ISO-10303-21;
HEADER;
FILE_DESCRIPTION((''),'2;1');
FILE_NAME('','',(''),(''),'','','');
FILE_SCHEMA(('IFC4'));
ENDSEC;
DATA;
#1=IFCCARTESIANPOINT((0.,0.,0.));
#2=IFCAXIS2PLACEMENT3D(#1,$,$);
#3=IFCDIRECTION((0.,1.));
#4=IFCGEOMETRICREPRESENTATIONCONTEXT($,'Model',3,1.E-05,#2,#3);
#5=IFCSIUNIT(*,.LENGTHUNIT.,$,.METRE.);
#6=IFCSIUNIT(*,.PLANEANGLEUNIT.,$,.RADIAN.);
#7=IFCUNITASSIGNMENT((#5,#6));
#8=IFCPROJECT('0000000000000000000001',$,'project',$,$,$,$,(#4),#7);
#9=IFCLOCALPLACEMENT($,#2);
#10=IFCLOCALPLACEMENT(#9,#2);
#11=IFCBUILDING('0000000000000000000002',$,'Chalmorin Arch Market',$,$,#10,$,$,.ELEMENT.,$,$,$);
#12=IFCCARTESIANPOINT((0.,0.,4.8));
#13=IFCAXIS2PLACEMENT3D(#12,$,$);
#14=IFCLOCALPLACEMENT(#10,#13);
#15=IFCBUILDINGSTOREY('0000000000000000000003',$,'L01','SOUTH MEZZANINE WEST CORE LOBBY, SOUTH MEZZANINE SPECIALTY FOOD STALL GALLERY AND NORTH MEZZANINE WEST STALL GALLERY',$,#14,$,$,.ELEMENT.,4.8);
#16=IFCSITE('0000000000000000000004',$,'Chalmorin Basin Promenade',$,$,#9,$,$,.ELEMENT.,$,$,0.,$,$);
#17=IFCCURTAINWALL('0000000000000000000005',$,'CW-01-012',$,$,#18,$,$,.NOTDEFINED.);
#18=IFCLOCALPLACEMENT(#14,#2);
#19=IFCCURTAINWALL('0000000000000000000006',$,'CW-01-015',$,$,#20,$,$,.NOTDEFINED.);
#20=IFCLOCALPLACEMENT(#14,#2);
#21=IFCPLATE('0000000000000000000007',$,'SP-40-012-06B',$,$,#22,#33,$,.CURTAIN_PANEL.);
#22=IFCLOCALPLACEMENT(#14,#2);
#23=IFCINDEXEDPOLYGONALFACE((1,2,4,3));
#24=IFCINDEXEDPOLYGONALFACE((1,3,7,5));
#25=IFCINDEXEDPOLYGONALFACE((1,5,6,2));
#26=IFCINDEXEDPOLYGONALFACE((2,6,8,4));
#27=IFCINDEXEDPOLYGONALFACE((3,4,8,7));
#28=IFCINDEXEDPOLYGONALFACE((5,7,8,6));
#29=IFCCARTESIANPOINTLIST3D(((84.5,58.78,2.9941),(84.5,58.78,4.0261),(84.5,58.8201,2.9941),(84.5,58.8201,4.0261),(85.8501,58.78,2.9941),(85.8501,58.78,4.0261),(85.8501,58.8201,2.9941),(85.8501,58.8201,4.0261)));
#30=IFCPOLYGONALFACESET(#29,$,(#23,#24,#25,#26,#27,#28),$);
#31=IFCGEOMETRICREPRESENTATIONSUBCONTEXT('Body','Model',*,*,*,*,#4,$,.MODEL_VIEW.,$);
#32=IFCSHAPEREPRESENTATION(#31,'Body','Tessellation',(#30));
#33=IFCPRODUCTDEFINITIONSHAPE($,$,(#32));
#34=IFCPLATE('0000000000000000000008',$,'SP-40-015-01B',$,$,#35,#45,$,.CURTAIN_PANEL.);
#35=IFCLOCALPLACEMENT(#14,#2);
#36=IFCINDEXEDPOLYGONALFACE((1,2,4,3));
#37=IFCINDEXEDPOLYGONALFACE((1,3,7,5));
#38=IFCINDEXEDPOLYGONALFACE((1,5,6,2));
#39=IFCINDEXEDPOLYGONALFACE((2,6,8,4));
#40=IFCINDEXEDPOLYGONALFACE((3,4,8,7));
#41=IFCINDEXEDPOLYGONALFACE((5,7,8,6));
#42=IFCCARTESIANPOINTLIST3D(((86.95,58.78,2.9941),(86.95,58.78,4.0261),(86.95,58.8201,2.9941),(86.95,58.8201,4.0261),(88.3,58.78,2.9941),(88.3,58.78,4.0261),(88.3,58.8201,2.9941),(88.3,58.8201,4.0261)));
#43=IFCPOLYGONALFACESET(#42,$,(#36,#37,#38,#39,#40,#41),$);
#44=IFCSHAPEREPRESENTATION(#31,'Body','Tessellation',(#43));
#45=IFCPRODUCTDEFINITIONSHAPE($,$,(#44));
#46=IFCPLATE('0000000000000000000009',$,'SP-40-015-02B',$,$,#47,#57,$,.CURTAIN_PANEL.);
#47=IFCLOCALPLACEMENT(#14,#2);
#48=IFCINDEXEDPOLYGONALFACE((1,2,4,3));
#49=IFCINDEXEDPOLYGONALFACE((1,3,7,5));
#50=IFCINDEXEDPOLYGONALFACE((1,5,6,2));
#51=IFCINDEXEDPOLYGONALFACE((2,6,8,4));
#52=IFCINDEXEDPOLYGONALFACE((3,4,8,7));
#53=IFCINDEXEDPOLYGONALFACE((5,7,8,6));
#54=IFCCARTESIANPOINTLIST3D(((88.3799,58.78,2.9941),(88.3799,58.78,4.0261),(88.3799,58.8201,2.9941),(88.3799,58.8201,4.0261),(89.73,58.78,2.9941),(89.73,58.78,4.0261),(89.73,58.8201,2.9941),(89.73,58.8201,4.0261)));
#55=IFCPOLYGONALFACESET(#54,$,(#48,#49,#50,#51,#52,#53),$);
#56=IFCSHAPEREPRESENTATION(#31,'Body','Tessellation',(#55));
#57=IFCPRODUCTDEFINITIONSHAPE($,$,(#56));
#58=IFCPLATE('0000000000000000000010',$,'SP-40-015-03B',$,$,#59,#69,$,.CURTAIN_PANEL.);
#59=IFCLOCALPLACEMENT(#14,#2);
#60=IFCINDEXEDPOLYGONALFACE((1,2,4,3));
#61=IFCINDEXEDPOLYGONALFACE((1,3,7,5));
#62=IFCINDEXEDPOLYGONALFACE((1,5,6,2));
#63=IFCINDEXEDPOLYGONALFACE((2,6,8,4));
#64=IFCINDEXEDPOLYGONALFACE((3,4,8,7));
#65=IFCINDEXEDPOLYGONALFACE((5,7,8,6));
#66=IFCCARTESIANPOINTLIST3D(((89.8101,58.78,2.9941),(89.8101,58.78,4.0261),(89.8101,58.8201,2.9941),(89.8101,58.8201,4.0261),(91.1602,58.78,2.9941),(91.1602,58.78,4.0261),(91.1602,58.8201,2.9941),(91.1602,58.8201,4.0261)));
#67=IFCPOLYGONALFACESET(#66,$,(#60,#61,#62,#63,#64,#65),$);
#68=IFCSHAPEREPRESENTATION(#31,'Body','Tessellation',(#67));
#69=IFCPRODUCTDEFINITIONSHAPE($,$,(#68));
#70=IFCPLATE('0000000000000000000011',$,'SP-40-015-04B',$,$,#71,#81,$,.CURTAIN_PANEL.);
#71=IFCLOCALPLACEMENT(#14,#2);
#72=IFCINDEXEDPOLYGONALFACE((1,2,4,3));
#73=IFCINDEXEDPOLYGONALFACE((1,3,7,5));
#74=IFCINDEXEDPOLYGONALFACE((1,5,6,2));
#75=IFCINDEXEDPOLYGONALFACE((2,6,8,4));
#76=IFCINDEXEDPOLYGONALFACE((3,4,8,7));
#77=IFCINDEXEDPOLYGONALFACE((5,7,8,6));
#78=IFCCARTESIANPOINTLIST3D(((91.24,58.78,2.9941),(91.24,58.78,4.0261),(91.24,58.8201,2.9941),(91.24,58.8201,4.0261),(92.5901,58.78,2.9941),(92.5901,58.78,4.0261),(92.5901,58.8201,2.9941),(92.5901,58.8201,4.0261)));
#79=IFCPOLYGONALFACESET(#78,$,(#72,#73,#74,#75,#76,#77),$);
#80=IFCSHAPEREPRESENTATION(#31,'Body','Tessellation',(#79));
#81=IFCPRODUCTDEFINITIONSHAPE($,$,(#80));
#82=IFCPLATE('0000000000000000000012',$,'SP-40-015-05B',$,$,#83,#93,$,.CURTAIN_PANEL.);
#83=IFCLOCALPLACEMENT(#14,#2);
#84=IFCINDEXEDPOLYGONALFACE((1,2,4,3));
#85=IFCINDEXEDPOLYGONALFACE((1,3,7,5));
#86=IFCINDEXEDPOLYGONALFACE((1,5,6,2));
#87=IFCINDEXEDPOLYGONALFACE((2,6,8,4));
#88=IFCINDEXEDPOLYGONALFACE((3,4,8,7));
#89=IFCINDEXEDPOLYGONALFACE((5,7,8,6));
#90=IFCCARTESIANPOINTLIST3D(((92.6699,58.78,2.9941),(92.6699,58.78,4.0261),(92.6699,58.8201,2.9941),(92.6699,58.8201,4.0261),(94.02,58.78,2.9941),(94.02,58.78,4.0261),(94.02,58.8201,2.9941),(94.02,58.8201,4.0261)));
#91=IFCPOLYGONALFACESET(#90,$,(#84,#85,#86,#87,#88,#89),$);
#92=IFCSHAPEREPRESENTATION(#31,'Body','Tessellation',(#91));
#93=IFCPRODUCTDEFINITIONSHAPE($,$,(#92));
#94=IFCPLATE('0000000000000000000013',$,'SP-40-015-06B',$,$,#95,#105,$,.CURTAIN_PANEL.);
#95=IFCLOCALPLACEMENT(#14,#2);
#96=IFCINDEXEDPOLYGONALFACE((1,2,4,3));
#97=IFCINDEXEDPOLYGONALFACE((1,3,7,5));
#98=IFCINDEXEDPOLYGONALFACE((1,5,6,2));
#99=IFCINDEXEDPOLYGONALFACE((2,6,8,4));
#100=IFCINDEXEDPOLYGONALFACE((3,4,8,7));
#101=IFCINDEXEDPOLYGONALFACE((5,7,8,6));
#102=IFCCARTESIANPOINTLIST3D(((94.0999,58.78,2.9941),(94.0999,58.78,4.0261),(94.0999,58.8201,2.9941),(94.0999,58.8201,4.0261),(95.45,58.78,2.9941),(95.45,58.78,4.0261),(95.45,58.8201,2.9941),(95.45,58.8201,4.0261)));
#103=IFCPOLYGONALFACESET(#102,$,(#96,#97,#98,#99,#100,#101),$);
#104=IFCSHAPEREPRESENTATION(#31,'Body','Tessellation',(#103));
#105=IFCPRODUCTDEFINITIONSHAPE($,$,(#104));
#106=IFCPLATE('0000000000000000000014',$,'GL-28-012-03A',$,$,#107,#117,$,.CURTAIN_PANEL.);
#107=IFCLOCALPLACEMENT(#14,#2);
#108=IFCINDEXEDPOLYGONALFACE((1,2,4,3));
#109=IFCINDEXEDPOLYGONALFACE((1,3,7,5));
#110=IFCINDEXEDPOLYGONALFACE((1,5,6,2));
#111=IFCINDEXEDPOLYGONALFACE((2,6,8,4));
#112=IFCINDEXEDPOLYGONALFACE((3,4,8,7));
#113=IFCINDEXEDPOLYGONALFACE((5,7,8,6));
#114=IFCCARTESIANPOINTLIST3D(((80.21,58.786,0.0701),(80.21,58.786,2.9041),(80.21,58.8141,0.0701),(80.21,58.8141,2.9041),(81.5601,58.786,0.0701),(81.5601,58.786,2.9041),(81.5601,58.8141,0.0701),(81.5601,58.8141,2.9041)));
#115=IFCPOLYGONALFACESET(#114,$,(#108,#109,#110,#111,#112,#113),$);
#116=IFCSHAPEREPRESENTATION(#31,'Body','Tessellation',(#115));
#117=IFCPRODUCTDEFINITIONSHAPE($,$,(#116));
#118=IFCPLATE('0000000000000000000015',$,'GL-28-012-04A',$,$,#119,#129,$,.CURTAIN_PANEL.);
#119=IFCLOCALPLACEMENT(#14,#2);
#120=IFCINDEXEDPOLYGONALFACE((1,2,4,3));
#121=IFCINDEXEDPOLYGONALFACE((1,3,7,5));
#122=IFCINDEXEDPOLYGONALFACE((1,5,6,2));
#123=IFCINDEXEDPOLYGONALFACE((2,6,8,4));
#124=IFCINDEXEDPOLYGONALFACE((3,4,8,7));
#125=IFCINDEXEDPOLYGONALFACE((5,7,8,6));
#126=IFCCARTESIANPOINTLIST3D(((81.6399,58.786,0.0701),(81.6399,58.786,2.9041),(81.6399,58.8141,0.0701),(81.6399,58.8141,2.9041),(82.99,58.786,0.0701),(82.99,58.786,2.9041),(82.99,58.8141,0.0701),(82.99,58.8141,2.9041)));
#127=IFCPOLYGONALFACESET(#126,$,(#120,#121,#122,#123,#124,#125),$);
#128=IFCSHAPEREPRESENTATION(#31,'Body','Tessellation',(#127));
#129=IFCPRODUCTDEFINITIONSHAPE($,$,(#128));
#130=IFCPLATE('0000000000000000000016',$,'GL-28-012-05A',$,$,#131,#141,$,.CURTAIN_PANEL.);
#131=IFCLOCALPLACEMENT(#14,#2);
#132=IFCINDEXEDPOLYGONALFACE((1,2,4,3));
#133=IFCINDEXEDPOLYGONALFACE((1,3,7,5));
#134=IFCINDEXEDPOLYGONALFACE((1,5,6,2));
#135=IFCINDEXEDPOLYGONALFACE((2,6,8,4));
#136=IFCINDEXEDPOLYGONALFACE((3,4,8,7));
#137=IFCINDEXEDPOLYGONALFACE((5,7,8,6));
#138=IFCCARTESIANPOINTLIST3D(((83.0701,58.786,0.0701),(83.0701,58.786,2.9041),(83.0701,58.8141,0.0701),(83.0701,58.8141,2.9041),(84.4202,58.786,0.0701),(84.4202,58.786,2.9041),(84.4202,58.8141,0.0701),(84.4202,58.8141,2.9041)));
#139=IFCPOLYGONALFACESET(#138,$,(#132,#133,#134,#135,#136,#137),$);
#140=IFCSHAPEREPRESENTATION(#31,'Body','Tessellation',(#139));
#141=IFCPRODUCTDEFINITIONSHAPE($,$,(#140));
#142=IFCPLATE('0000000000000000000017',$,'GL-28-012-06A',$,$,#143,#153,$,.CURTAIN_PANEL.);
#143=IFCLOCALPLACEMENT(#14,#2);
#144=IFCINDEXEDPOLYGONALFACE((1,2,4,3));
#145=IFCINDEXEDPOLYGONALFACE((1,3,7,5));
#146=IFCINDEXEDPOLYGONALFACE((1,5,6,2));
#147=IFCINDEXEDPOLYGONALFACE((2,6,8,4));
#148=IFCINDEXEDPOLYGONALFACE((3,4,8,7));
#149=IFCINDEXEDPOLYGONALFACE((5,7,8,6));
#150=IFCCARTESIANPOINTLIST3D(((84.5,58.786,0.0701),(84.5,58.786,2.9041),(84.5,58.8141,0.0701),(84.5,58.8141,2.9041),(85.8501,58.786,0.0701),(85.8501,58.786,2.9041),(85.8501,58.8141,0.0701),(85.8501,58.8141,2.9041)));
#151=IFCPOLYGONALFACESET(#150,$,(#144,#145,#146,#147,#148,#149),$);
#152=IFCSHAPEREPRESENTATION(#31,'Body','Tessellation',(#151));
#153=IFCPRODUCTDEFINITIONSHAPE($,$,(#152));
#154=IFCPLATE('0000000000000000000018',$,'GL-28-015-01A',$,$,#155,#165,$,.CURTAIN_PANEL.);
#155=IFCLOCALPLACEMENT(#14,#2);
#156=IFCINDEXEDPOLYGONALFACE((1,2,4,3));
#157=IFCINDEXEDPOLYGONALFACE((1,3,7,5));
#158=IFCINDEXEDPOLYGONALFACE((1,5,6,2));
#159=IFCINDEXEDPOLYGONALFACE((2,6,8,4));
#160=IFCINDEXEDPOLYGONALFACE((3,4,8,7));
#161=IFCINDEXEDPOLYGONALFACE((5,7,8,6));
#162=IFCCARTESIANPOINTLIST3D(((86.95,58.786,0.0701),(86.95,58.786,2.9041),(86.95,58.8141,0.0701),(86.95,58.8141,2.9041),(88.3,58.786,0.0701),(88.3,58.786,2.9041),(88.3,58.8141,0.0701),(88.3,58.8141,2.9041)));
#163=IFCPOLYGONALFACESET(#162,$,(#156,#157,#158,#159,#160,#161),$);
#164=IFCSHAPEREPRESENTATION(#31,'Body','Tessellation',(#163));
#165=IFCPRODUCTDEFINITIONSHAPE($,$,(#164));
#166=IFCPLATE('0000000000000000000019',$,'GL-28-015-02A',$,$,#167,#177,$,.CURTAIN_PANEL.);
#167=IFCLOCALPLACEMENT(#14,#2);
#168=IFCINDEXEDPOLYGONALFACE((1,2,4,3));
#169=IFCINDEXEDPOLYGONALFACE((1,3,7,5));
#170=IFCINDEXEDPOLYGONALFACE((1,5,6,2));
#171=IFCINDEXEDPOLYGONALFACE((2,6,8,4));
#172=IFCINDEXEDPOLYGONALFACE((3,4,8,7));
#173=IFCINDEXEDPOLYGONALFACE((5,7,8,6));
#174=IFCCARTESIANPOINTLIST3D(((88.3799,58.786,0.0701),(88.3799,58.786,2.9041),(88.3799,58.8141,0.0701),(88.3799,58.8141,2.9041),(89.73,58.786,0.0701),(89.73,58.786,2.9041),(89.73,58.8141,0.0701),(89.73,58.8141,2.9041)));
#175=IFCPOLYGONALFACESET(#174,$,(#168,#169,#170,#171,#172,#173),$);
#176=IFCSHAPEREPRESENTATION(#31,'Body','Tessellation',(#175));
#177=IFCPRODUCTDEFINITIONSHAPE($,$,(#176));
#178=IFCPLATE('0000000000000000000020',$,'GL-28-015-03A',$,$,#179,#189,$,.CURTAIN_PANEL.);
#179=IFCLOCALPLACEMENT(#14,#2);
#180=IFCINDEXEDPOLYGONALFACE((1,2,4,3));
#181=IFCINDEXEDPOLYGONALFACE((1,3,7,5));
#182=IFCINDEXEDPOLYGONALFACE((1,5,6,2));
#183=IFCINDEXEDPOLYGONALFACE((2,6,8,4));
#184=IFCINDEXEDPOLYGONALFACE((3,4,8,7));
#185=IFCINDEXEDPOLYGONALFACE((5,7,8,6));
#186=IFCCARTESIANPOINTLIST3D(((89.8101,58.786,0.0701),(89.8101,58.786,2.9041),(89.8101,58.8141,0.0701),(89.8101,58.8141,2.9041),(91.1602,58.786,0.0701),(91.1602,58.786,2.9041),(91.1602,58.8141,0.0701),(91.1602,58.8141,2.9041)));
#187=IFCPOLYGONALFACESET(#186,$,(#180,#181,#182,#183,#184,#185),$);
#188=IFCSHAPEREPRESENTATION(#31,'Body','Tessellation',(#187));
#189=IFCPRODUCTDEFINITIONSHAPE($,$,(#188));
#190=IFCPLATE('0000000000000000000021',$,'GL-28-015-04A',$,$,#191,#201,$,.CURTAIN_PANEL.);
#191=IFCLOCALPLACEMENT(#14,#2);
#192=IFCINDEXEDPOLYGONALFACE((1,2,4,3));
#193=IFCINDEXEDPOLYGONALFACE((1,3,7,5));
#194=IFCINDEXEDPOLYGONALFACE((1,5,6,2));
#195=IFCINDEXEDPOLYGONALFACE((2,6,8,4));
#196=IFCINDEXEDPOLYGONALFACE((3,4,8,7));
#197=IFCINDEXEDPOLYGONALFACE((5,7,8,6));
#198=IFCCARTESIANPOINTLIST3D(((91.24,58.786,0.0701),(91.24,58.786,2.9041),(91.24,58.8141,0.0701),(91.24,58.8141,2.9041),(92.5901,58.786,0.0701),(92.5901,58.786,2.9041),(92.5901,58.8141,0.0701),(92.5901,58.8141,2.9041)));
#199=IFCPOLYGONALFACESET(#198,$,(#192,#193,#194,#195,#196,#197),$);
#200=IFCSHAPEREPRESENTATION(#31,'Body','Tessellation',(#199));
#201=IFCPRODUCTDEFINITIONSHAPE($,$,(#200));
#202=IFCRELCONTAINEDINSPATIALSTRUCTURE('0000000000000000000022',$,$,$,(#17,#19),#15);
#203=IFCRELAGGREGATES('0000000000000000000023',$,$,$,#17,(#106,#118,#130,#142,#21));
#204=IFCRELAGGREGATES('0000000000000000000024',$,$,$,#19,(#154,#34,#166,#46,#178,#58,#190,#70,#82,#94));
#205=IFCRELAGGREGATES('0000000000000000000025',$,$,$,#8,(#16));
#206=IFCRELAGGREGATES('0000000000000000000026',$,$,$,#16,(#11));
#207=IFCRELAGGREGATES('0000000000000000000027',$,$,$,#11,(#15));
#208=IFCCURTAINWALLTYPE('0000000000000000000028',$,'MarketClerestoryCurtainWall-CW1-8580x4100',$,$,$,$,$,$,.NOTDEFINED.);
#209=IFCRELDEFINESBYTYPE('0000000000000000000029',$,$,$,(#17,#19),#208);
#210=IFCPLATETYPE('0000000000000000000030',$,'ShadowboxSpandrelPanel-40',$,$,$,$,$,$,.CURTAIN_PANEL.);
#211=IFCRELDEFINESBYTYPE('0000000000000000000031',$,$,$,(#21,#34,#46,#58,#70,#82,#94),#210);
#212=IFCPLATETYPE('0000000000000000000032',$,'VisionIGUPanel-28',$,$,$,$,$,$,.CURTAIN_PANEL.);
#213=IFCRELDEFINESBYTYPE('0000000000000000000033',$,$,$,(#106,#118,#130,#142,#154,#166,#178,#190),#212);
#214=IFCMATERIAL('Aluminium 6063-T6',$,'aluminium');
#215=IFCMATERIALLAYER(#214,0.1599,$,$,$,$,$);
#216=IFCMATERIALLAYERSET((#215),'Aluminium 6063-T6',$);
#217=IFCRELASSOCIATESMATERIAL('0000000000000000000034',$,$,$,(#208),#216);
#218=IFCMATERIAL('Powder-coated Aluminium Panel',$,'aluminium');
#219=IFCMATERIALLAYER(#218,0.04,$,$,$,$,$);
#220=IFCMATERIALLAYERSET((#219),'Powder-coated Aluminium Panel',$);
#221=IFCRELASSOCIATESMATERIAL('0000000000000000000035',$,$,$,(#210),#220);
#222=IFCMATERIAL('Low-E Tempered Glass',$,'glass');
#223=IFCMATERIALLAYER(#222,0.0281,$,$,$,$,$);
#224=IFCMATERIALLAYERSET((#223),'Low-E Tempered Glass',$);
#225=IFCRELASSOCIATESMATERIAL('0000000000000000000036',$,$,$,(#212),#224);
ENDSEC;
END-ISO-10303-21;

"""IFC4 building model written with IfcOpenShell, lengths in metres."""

from ifc_helpers import new_model, si_unit, direction, frame, origin, origin_2d, place, context, subcontext, project, spatial, rectangle, extrude, material, layer, layer_set, type_object, element, aggregate, save


model = new_model("IFC4")

# Units and contexts
model_context = context("Model", 3, precision=1e-05, world=origin(), true_north=direction((0.0, 1.0)))
body_context = subcontext(model_context, "Body", "Model", "MODEL_VIEW")
ifc_project = project(units=[si_unit("LENGTHUNIT", "METRE"), si_unit("PLANEANGLEUNIT", "RADIAN")], contexts=[model_context])

# Site, building, storey
site_placement = place(None, origin())
site = spatial("IfcSite", under=ifc_project, at=site_placement, Name="Chalmorin Basin Promenade", CompositionType="ELEMENT", RefElevation=0.0)
building_placement = place(site_placement, origin())
building = spatial("IfcBuilding", under=site, at=building_placement, Name="Chalmorin Arch Market", CompositionType="ELEMENT")
storey_placement = place(building_placement, frame((0.0, 0.0, 4.8)))
storey = spatial("IfcBuildingStorey", under=building, at=storey_placement, Name="L01", Description="SOUTH MEZZANINE WEST CORE LOBBY, SOUTH MEZZANINE SPECIALTY FOOD STALL GALLERY AND NORTH MEZZANINE WEST STALL GALLERY", CompositionType="ELEMENT", Elevation=4.8)

# Curtain walls
ifc_material_1 = material(Name="Aluminium 6063-T6", Category="aluminium")
ifc_layer_1 = layer(ifc_material_1, 0.1599)
ifc_layer_set_1 = layer_set([ifc_layer_1], Name="Aluminium 6063-T6")
curtain_wall_type = type_object("IfcCurtainWallType", Name="MarketClerestoryCurtainWall-CW1-8580x4100", PredefinedType="NOTDEFINED", material=ifc_layer_set_1)
curtain_wall_1_placement = place(storey_placement, origin())
curtain_wall_1 = element("IfcCurtainWall", 1, at=curtain_wall_1_placement, inside=storey, type_object=curtain_wall_type, Name="CW-01-012", PredefinedType="NOTDEFINED")
curtain_wall_2_placement = place(storey_placement, origin())
curtain_wall_2 = element("IfcCurtainWall", 2, at=curtain_wall_2_placement, inside=storey, type_object=curtain_wall_type, Name="CW-01-015", PredefinedType="NOTDEFINED")

# Plates
ifc_material_2 = material(Name="Powder-coated Aluminium Panel", Category="aluminium")
ifc_layer_2 = layer(ifc_material_2, 0.04)
ifc_layer_set_2 = layer_set([ifc_layer_2], Name="Powder-coated Aluminium Panel")
plate_type_1 = type_object("IfcPlateType", Name="ShadowboxSpandrelPanel-40", PredefinedType="CURTAIN_PANEL", material=ifc_layer_set_2)
plate_1_placement = place(storey_placement, frame((85.175, 58.8, 2.9941), z_axis=(0.0, 0.0, 1.0), x_axis=(1.0, 0.0, 0.0)))
plate_1 = element("IfcPlate", 3, at=plate_1_placement, type_object=plate_type_1, Name="SP-40-012-06B", PredefinedType="CURTAIN_PANEL", context=body_context, shape_type="SweptSolid", body=[
    extrude(rectangle(XDim=1.3501, YDim=0.04, at=origin_2d()), origin(), (0.0, 0.0, 1.0), 1.032),
])
plate_2_placement = place(storey_placement, frame((87.625, 58.8, 2.9941), z_axis=(0.0, 0.0, 1.0), x_axis=(1.0, 0.0, 0.0)))
plate_2 = element("IfcPlate", 4, at=plate_2_placement, type_object=plate_type_1, Name="SP-40-015-01B", PredefinedType="CURTAIN_PANEL", context=body_context, shape_type="SweptSolid", body=[
    extrude(rectangle(XDim=1.3501, YDim=0.04, at=origin_2d()), origin(), (0.0, 0.0, 1.0), 1.032),
])
plate_3_placement = place(storey_placement, frame((89.0549, 58.8, 2.9941), z_axis=(0.0, 0.0, 1.0), x_axis=(1.0, 0.0, 0.0)))
plate_3 = element("IfcPlate", 5, at=plate_3_placement, type_object=plate_type_1, Name="SP-40-015-02B", PredefinedType="CURTAIN_PANEL", context=body_context, shape_type="SweptSolid", body=[
    extrude(rectangle(XDim=1.3501, YDim=0.04, at=origin_2d()), origin(), (0.0, 0.0, 1.0), 1.032),
])
plate_4_placement = place(storey_placement, frame((90.4851, 58.8, 2.9941), z_axis=(0.0, 0.0, 1.0), x_axis=(1.0, 0.0, 0.0)))
plate_4 = element("IfcPlate", 6, at=plate_4_placement, type_object=plate_type_1, Name="SP-40-015-03B", PredefinedType="CURTAIN_PANEL", context=body_context, shape_type="SweptSolid", body=[
    extrude(rectangle(XDim=1.3501, YDim=0.04, at=origin_2d()), origin(), (0.0, 0.0, 1.0), 1.032),
])
plate_5_placement = place(storey_placement, frame((91.915, 58.8, 2.9941), z_axis=(0.0, 0.0, 1.0), x_axis=(1.0, 0.0, 0.0)))
plate_5 = element("IfcPlate", 7, at=plate_5_placement, type_object=plate_type_1, Name="SP-40-015-04B", PredefinedType="CURTAIN_PANEL", context=body_context, shape_type="SweptSolid", body=[
    extrude(rectangle(XDim=1.3501, YDim=0.04, at=origin_2d()), origin(), (0.0, 0.0, 1.0), 1.032),
])
plate_6_placement = place(storey_placement, frame((93.345, 58.8, 2.9941), z_axis=(0.0, 0.0, 1.0), x_axis=(1.0, 0.0, 0.0)))
plate_6 = element("IfcPlate", 8, at=plate_6_placement, type_object=plate_type_1, Name="SP-40-015-05B", PredefinedType="CURTAIN_PANEL", context=body_context, shape_type="SweptSolid", body=[
    extrude(rectangle(XDim=1.3501, YDim=0.04, at=origin_2d()), origin(), (0.0, 0.0, 1.0), 1.032),
])
plate_7_placement = place(storey_placement, frame((94.7749, 58.8, 2.9941), z_axis=(0.0, 0.0, 1.0), x_axis=(1.0, 0.0, 0.0)))
plate_7 = element("IfcPlate", 9, at=plate_7_placement, type_object=plate_type_1, Name="SP-40-015-06B", PredefinedType="CURTAIN_PANEL", context=body_context, shape_type="SweptSolid", body=[
    extrude(rectangle(XDim=1.3501, YDim=0.04, at=origin_2d()), origin(), (0.0, 0.0, 1.0), 1.032),
])
ifc_material_3 = material(Name="Low-E Tempered Glass", Category="glass")
ifc_layer_3 = layer(ifc_material_3, 0.0281)
ifc_layer_set_3 = layer_set([ifc_layer_3], Name="Low-E Tempered Glass")
plate_type_2 = type_object("IfcPlateType", Name="VisionIGUPanel-28", PredefinedType="CURTAIN_PANEL", material=ifc_layer_set_3)
plate_8_placement = place(storey_placement, frame((80.885, 58.8, 0.0701), z_axis=(0.0, 0.0, 1.0), x_axis=(1.0, 0.0, 0.0)))
plate_8 = element("IfcPlate", 10, at=plate_8_placement, type_object=plate_type_2, Name="GL-28-012-03A", PredefinedType="CURTAIN_PANEL", context=body_context, shape_type="SweptSolid", body=[
    extrude(rectangle(XDim=1.3501, YDim=0.0281, at=origin_2d()), origin(), (0.0, 0.0, 1.0), 2.834),
])
plate_9_placement = place(storey_placement, frame((82.3149, 58.8, 0.0701), z_axis=(0.0, 0.0, 1.0), x_axis=(1.0, 0.0, 0.0)))
plate_9 = element("IfcPlate", 11, at=plate_9_placement, type_object=plate_type_2, Name="GL-28-012-04A", PredefinedType="CURTAIN_PANEL", context=body_context, shape_type="SweptSolid", body=[
    extrude(rectangle(XDim=1.3501, YDim=0.0281, at=origin_2d()), origin(), (0.0, 0.0, 1.0), 2.834),
])
plate_10_placement = place(storey_placement, frame((83.7451, 58.8, 0.0701), z_axis=(0.0, 0.0, 1.0), x_axis=(1.0, 0.0, 0.0)))
plate_10 = element("IfcPlate", 12, at=plate_10_placement, type_object=plate_type_2, Name="GL-28-012-05A", PredefinedType="CURTAIN_PANEL", context=body_context, shape_type="SweptSolid", body=[
    extrude(rectangle(XDim=1.3501, YDim=0.0281, at=origin_2d()), origin(), (0.0, 0.0, 1.0), 2.834),
])
plate_11_placement = place(storey_placement, frame((85.175, 58.8, 0.0701), z_axis=(0.0, 0.0, 1.0), x_axis=(1.0, 0.0, 0.0)))
plate_11 = element("IfcPlate", 13, at=plate_11_placement, type_object=plate_type_2, Name="GL-28-012-06A", PredefinedType="CURTAIN_PANEL", context=body_context, shape_type="SweptSolid", body=[
    extrude(rectangle(XDim=1.3501, YDim=0.0281, at=origin_2d()), origin(), (0.0, 0.0, 1.0), 2.834),
])
aggregate(curtain_wall_1, [plate_8, plate_9, plate_10, plate_11, plate_1])
plate_12_placement = place(storey_placement, frame((87.625, 58.8, 0.0701), z_axis=(0.0, 0.0, 1.0), x_axis=(1.0, 0.0, 0.0)))
plate_12 = element("IfcPlate", 14, at=plate_12_placement, type_object=plate_type_2, Name="GL-28-015-01A", PredefinedType="CURTAIN_PANEL", context=body_context, shape_type="SweptSolid", body=[
    extrude(rectangle(XDim=1.3501, YDim=0.0281, at=origin_2d()), origin(), (0.0, 0.0, 1.0), 2.834),
])
plate_13_placement = place(storey_placement, frame((89.0549, 58.8, 0.0701), z_axis=(0.0, 0.0, 1.0), x_axis=(1.0, 0.0, 0.0)))
plate_13 = element("IfcPlate", 15, at=plate_13_placement, type_object=plate_type_2, Name="GL-28-015-02A", PredefinedType="CURTAIN_PANEL", context=body_context, shape_type="SweptSolid", body=[
    extrude(rectangle(XDim=1.3501, YDim=0.0281, at=origin_2d()), origin(), (0.0, 0.0, 1.0), 2.834),
])
plate_14_placement = place(storey_placement, frame((90.4851, 58.8, 0.0701), z_axis=(0.0, 0.0, 1.0), x_axis=(1.0, 0.0, 0.0)))
plate_14 = element("IfcPlate", 16, at=plate_14_placement, type_object=plate_type_2, Name="GL-28-015-03A", PredefinedType="CURTAIN_PANEL", context=body_context, shape_type="SweptSolid", body=[
    extrude(rectangle(XDim=1.3501, YDim=0.0281, at=origin_2d()), origin(), (0.0, 0.0, 1.0), 2.834),
])
plate_15_placement = place(storey_placement, frame((91.915, 58.8, 0.0701), z_axis=(0.0, 0.0, 1.0), x_axis=(1.0, 0.0, 0.0)))
plate_15 = element("IfcPlate", 17, at=plate_15_placement, type_object=plate_type_2, Name="GL-28-015-04A", PredefinedType="CURTAIN_PANEL", context=body_context, shape_type="SweptSolid", body=[
    extrude(rectangle(XDim=1.3501, YDim=0.0281, at=origin_2d()), origin(), (0.0, 0.0, 1.0), 2.834),
])
aggregate(curtain_wall_2, [plate_12, plate_2, plate_13, plate_3, plate_14, plate_4, plate_15, plate_5, plate_6, plate_7])

save(model, "model.ifc")
